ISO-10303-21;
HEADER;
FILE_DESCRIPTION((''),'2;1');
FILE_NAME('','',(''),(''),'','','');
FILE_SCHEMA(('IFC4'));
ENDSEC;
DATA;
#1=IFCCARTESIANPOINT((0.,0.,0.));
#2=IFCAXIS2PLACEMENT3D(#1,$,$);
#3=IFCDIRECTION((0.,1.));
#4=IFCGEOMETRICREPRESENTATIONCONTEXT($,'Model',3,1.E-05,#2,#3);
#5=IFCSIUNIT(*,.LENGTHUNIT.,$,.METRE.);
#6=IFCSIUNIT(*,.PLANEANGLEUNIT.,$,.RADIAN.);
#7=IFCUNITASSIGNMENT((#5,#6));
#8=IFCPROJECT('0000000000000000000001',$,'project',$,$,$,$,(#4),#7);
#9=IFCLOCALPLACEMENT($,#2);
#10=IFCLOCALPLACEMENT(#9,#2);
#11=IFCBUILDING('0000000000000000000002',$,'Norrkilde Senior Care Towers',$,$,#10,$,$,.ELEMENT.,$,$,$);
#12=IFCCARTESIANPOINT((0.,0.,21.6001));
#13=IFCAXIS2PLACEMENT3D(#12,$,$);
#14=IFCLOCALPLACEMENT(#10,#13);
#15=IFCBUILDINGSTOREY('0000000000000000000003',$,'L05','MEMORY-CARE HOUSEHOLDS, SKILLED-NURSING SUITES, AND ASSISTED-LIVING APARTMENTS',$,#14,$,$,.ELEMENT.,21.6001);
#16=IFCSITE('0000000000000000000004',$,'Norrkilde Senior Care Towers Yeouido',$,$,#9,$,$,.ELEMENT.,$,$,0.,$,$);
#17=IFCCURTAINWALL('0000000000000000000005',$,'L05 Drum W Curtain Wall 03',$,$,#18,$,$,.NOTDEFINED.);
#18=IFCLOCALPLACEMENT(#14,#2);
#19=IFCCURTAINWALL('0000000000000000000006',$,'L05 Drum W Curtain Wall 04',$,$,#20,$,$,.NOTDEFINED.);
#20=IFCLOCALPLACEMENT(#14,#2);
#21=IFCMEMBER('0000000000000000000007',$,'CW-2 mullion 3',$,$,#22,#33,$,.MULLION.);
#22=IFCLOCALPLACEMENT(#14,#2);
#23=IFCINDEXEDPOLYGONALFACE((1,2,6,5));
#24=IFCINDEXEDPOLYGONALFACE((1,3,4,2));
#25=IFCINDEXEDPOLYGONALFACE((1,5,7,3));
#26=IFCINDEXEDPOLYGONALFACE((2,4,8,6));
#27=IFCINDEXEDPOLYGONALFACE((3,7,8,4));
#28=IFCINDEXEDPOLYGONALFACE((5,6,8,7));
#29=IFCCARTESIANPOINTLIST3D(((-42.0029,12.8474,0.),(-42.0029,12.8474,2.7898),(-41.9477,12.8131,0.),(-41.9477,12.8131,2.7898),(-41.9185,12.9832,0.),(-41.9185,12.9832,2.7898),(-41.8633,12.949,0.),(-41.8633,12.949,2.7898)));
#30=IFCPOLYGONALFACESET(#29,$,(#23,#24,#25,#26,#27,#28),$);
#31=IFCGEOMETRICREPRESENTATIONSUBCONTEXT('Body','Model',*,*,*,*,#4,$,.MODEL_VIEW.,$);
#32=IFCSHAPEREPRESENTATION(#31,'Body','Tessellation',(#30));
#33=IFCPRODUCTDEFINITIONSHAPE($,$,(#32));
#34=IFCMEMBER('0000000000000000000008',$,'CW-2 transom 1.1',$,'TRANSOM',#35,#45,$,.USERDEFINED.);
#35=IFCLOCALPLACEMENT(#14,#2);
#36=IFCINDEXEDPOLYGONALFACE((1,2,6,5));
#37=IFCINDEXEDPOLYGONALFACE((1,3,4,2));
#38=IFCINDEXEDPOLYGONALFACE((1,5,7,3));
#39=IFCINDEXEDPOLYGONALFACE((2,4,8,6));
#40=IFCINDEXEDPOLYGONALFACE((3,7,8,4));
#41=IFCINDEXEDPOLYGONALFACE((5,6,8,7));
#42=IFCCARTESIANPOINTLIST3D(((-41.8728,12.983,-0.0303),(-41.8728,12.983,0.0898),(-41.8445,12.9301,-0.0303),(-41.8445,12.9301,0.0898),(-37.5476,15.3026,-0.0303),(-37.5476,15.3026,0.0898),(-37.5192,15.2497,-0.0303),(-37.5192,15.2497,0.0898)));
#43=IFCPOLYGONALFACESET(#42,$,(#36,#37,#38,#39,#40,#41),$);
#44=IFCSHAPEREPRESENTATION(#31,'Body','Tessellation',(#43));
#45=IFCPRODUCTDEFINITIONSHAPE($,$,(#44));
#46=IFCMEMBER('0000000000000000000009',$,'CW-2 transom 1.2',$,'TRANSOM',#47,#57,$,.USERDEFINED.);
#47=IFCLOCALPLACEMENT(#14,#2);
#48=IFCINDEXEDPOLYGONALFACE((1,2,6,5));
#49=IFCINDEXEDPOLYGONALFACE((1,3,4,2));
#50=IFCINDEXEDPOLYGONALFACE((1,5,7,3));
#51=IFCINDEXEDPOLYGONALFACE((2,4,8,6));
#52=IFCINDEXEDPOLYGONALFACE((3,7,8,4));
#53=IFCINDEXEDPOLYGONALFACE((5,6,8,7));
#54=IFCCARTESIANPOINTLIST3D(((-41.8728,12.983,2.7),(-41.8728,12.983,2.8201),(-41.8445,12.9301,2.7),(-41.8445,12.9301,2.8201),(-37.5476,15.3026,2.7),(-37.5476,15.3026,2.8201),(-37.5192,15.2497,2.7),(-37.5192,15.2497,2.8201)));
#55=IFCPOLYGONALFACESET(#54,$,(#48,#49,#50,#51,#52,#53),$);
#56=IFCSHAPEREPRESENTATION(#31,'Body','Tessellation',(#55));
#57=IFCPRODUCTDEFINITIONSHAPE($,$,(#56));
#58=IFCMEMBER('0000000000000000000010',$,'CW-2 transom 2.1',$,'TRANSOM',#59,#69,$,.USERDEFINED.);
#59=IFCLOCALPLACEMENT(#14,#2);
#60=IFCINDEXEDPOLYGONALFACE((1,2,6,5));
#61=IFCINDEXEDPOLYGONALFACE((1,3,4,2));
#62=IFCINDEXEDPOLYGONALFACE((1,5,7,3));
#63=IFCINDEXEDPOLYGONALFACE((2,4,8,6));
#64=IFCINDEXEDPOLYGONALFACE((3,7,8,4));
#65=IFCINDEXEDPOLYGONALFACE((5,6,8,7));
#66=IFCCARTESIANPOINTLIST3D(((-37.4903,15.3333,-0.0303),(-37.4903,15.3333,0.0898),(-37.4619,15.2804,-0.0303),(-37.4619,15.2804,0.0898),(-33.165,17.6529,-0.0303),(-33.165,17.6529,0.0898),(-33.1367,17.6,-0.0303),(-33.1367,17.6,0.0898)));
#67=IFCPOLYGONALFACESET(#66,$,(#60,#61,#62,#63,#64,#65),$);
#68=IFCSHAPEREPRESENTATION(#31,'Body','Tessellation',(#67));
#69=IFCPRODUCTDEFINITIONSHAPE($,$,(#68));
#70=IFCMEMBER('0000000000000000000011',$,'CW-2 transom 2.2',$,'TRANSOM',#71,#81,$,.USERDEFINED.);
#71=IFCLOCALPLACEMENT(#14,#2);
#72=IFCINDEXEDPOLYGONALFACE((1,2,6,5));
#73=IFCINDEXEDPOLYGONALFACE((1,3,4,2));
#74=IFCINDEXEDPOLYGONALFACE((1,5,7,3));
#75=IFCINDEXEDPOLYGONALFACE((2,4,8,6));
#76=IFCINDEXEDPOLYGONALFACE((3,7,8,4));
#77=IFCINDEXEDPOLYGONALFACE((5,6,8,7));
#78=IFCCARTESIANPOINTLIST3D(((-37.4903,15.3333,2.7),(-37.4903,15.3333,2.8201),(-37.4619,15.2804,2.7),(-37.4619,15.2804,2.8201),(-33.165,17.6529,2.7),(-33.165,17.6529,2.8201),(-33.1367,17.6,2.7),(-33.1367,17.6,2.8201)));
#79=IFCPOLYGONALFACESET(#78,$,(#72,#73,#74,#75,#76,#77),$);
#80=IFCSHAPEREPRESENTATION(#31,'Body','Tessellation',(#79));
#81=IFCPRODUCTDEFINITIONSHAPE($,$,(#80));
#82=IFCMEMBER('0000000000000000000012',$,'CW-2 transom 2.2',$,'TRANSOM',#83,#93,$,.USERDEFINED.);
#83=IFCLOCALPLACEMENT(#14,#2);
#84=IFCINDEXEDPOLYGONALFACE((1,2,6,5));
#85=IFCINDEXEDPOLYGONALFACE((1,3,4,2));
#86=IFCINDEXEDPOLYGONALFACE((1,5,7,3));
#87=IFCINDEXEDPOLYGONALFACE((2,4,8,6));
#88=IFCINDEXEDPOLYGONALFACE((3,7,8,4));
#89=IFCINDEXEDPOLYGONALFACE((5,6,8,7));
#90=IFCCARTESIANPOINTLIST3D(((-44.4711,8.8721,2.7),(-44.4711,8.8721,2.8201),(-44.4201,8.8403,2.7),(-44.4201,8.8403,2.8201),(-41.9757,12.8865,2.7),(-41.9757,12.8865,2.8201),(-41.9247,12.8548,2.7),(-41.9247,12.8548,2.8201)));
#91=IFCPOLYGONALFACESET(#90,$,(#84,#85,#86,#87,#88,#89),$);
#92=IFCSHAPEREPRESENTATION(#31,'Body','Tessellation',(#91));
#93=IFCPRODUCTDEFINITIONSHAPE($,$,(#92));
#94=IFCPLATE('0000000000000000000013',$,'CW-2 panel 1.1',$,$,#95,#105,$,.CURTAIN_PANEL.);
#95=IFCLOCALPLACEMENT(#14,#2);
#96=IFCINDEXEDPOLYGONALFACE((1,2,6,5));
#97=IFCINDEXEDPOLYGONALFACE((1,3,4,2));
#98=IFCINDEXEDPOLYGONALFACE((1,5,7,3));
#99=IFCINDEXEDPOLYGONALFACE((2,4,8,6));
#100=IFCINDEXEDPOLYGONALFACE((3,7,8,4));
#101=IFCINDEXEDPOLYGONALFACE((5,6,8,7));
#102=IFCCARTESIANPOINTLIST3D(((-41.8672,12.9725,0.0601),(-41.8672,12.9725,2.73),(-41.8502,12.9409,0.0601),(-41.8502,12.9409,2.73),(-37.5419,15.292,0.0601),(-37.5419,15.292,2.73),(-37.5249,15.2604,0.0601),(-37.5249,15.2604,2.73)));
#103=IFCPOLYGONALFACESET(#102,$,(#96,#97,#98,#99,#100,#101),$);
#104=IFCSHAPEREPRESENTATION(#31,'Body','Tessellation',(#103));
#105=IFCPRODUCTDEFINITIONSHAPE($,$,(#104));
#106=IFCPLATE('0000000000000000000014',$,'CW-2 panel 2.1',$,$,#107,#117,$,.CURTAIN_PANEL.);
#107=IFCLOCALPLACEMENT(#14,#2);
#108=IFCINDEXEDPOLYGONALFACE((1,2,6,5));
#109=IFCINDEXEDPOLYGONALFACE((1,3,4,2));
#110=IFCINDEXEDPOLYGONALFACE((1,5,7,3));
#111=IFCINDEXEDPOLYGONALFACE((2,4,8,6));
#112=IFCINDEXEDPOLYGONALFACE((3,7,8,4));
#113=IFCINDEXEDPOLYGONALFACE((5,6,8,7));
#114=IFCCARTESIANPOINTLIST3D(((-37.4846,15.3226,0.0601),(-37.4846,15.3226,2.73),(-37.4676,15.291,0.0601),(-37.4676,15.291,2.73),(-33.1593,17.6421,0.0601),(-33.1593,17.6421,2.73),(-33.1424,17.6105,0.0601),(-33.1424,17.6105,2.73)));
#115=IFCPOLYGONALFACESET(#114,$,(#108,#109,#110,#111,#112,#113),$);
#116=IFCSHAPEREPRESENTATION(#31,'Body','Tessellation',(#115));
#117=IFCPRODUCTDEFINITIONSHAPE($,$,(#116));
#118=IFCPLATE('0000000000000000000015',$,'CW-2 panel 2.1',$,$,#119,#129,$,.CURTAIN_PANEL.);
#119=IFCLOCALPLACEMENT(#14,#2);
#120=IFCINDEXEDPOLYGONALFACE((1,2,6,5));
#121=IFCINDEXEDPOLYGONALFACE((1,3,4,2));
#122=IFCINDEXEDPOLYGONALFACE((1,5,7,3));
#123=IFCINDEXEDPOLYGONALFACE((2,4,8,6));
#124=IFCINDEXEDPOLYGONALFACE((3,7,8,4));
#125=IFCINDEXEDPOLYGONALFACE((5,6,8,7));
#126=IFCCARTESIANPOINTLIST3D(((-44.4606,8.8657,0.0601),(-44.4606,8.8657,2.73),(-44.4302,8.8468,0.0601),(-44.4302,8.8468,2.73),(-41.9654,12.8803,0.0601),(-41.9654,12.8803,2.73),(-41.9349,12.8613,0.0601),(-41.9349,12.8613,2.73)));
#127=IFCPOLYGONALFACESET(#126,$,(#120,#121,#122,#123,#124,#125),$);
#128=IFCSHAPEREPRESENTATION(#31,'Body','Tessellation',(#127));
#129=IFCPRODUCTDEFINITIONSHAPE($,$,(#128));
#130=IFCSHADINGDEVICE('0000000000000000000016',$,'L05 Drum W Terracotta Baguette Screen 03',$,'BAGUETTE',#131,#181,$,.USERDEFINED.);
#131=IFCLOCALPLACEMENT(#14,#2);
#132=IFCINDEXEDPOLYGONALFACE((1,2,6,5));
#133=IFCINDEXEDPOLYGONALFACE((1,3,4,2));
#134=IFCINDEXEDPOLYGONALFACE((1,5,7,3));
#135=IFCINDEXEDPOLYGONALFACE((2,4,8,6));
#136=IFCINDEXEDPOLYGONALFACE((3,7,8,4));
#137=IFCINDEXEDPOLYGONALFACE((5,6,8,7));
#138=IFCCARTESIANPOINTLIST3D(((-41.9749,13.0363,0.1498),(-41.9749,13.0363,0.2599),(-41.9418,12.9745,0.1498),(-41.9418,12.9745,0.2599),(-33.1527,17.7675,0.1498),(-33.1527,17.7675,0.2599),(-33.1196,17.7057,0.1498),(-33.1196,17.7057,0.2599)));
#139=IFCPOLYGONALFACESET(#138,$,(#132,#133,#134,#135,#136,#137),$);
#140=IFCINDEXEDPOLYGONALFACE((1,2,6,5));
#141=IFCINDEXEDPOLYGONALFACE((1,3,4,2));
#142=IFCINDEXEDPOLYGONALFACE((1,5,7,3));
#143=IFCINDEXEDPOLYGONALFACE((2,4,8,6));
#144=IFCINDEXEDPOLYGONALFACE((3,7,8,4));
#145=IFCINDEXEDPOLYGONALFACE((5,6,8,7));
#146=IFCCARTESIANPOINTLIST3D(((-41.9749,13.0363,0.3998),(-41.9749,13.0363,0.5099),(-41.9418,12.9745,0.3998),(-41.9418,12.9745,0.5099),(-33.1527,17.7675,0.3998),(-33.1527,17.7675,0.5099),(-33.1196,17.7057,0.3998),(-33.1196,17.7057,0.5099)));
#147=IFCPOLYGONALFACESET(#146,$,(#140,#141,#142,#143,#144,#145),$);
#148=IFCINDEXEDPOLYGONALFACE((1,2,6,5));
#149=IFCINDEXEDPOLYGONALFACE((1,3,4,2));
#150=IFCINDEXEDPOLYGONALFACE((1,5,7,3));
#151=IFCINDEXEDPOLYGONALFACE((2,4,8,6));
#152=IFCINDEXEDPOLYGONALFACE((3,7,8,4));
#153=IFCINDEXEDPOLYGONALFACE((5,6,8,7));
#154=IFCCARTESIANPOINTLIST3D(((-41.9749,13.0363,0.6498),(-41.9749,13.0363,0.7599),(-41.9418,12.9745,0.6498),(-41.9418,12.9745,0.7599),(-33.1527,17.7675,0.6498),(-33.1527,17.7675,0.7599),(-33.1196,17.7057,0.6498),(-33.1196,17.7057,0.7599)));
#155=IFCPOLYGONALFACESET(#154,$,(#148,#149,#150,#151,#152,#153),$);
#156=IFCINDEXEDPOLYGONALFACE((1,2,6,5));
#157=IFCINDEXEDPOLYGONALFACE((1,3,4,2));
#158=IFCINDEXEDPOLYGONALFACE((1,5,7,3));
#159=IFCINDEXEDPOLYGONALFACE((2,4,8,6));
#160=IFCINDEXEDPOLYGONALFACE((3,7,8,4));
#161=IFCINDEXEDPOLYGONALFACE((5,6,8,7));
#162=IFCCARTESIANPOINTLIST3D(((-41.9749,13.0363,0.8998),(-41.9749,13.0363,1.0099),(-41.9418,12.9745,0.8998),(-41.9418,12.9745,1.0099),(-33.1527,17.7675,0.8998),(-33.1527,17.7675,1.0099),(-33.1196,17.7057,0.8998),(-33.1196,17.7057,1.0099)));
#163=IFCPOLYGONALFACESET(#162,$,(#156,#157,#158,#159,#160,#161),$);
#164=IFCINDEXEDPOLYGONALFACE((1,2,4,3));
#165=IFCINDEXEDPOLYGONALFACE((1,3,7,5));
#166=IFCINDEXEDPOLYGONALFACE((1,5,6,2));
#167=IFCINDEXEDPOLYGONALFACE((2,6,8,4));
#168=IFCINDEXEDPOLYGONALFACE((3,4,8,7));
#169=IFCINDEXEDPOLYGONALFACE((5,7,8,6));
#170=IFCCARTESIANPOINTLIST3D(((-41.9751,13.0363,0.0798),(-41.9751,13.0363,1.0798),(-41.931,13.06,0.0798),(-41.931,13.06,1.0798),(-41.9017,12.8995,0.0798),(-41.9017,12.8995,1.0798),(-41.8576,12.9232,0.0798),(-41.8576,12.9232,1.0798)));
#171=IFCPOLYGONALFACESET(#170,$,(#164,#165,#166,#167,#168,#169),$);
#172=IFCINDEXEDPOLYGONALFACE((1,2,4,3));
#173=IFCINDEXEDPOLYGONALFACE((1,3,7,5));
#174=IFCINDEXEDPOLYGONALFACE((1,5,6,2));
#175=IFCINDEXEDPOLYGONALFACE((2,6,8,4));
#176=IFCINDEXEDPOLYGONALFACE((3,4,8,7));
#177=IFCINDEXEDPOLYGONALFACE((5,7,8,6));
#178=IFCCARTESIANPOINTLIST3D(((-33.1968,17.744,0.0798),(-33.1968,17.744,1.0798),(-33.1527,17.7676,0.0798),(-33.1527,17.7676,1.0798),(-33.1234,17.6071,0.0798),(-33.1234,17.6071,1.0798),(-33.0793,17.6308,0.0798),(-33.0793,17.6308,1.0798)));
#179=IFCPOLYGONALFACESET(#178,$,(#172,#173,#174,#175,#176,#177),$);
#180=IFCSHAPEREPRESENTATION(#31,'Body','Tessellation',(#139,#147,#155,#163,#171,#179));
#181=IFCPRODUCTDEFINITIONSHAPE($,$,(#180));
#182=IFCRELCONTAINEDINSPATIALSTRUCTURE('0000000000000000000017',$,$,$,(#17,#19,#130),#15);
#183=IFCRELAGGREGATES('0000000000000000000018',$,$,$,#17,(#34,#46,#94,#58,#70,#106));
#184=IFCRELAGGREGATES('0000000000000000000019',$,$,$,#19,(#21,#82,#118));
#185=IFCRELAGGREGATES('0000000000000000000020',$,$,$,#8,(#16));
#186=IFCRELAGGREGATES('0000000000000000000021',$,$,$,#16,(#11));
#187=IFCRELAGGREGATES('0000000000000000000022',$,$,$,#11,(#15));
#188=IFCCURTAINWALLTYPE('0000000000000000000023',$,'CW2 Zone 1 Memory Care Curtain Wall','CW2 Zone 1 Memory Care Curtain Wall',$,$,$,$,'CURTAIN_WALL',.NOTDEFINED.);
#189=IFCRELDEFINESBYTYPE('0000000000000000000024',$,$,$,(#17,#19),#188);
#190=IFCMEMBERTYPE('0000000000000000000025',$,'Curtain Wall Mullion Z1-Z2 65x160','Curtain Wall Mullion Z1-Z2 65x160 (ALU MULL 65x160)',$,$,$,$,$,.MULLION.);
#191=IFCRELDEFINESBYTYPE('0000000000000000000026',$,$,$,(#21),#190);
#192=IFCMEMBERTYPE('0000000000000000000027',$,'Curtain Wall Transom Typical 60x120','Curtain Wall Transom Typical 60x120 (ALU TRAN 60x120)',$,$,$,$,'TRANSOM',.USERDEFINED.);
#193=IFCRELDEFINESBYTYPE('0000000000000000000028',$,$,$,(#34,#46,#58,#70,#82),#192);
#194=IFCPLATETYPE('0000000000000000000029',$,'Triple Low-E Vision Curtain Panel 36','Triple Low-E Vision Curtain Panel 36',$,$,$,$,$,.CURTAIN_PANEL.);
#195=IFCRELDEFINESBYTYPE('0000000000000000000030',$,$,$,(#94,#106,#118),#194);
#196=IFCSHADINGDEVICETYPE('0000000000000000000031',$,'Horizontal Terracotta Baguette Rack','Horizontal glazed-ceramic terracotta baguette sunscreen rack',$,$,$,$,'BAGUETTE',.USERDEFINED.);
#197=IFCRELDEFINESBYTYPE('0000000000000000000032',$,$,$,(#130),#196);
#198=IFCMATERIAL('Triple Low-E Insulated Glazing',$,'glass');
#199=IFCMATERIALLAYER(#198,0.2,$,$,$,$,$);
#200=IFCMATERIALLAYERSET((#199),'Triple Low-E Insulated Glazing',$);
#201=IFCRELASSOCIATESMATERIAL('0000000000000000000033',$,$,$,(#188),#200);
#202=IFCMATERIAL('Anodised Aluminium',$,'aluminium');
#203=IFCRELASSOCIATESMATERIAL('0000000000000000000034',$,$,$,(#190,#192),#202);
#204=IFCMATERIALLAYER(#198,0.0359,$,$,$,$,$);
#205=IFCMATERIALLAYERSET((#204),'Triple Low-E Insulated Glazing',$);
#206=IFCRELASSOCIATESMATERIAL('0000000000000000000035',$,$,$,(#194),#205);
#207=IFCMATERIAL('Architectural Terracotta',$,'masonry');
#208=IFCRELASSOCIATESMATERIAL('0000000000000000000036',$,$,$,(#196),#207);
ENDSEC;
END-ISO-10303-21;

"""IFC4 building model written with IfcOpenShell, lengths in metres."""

from ifc_helpers import new_model, si_unit, direction, frame, origin, origin_2d, place, context, subcontext, project, spatial, rectangle, extrude, source, transform, mapped, material, layer, layer_set, material_profile, profile_set, type_object, type_shapes, element, aggregate, save


model = new_model("IFC4")

# Units and contexts
model_context = context("Model", 3, precision=1e-05, world=origin(), true_north=direction((0.0, 1.0)))
body_context = subcontext(model_context, "Body", "Model", "MODEL_VIEW")
ifc_project = project(units=[si_unit("LENGTHUNIT", "METRE"), si_unit("PLANEANGLEUNIT", "RADIAN")], contexts=[model_context])

# Site, building, storey
site_placement = place(None, origin())
site = spatial("IfcSite", under=ifc_project, at=site_placement, Name="Norrkilde Senior Care Towers Yeouido", CompositionType="ELEMENT", RefElevation=0.0)
building_placement = place(site_placement, origin())
building = spatial("IfcBuilding", under=site, at=building_placement, Name="Norrkilde Senior Care Towers", CompositionType="ELEMENT")
storey_placement = place(building_placement, frame((0.0, 0.0, 21.6001)))
storey = spatial("IfcBuildingStorey", under=building, at=storey_placement, Name="L05", Description="MEMORY-CARE HOUSEHOLDS, SKILLED-NURSING SUITES, AND ASSISTED-LIVING APARTMENTS", CompositionType="ELEMENT", Elevation=21.6001)

# Curtain wall
ifc_material_1 = material(Name="Triple Low-E Insulated Glazing", Category="glass")
ifc_layer_1 = layer(ifc_material_1, 0.2)
ifc_layer_set_1 = layer_set([ifc_layer_1], Name="Triple Low-E Insulated Glazing")
curtain_wall_type = type_object("IfcCurtainWallType", Name="CW2 Zone 1 Memory Care Curtain Wall", Description="CW2 Zone 1 Memory Care Curtain Wall", ElementType="CURTAIN_WALL", PredefinedType="NOTDEFINED", material=ifc_layer_set_1)
curtain_wall_1_placement = place(storey_placement, origin())
curtain_wall_1 = element("IfcCurtainWall", 1, at=curtain_wall_1_placement, inside=storey, type_object=curtain_wall_type, Name="L05 Drum W Curtain Wall 03", PredefinedType="NOTDEFINED")
ifc_material_2 = material(Name="Anodised Aluminium", Category="aluminium")
ifc_material_profile_1 = material_profile(ifc_material_2, rectangle(XDim=0.0649, YDim=0.1599, at=origin_2d()), Name="ALU MULL 65x160")
ifc_profile_set_1 = profile_set([ifc_material_profile_1], Name="Anodised Aluminium")
member_type_1 = type_object("IfcMemberType", Name="Curtain Wall Mullion Z1-Z2 65x160", Description="Curtain Wall Mullion Z1-Z2 65x160 (ALU MULL 65x160)", PredefinedType="MULLION", material=ifc_profile_set_1)
shared_shape_1 = source(origin(), body_context, "Body", "SweptSolid", [
    extrude(rectangle(XDim=0.0649, YDim=0.1599, at=origin_2d()), origin(), (0.0, 0.0, 1.0), 2.7898),
])
type_shapes(member_type_1, [shared_shape_1])

# Curtain wall, member
curtain_wall_2_placement = place(storey_placement, origin())
curtain_wall_2 = element("IfcCurtainWall", 2, at=curtain_wall_2_placement, inside=storey, type_object=curtain_wall_type, Name="L05 Drum W Curtain Wall 04", PredefinedType="NOTDEFINED")
member_1_placement = place(storey_placement, frame((-41.9331, 12.8982, 0.0), z_axis=(0.0, 0.0, 1.0), x_axis=(-0.849306, 0.527901, 0.0)))
member_1 = element("IfcMember", 3, at=member_1_placement, type_object=member_type_1, Name="CW-2 mullion 3", PredefinedType="MULLION", context=body_context, shape_type="MappedRepresentation", body=[
    mapped(shared_shape_1, transform((0.0, 0.0, 0.0), x_axis=(1.0, 0.0, 0.0), y_axis=(0.0, 1.0, 0.0), z_axis=(0.0, 0.0, 1.0), scale=1.0)),
])

# Members
ifc_material_profile_2 = material_profile(ifc_material_2, rectangle(XDim=0.0601, YDim=0.1201, at=origin_2d()), Name="ALU TRAN 60x120")
ifc_profile_set_2 = profile_set([ifc_material_profile_2], Name="Anodised Aluminium")
member_type_2 = type_object("IfcMemberType", Name="Curtain Wall Transom Typical 60x120", Description="Curtain Wall Transom Typical 60x120 (ALU TRAN 60x120)", ElementType="TRANSOM", PredefinedType="USERDEFINED", material=ifc_profile_set_2)
shared_shape_2 = source(origin(), body_context, "Body", "SweptSolid", [
    extrude(rectangle(XDim=0.0601, YDim=0.1201, at=origin_2d()), origin(), (0.0, 0.0, 1.0), 4.908),
])
member_2_placement = place(storey_placement, frame((-41.8586, 12.9565, 0.0298), z_axis=(0.881267, 0.472619, 0.0), x_axis=(-0.472619, 0.881267, 0.0)))
member_2 = element("IfcMember", 4, at=member_2_placement, type_object=member_type_2, Name="CW-2 transom 1.1", ObjectType="TRANSOM", PredefinedType="USERDEFINED", context=body_context, shape_type="MappedRepresentation", body=[
    mapped(shared_shape_2, transform((0.0, 0.0, 0.0), x_axis=(1.0, 0.0, 0.0), y_axis=(0.0, 1.0, 0.0), z_axis=(0.0, 0.0, 1.0), scale=1.0)),
])
member_3_placement = place(storey_placement, frame((-41.8586, 12.9565, 2.76), z_axis=(0.881267, 0.472619, 0.0), x_axis=(-0.472619, 0.881267, 0.0)))
member_3 = element("IfcMember", 5, at=member_3_placement, type_object=member_type_2, Name="CW-2 transom 1.2", ObjectType="TRANSOM", PredefinedType="USERDEFINED", context=body_context, shape_type="MappedRepresentation", body=[
    mapped(shared_shape_2, transform((0.0, 0.0, 0.0), x_axis=(1.0, 0.0, 0.0), y_axis=(0.0, 1.0, 0.0), z_axis=(0.0, 0.0, 1.0), scale=1.0)),
])
member_4_placement = place(storey_placement, frame((-37.4761, 15.3069, 0.0298), z_axis=(0.881267, 0.472619, 0.0), x_axis=(-0.472619, 0.881267, 0.0)))
member_4 = element("IfcMember", 6, at=member_4_placement, type_object=member_type_2, Name="CW-2 transom 2.1", ObjectType="TRANSOM", PredefinedType="USERDEFINED", context=body_context, shape_type="MappedRepresentation", body=[
    mapped(shared_shape_2, transform((0.0, 0.0, 0.0), x_axis=(1.0, 0.0, 0.0), y_axis=(0.0, 1.0, 0.0), z_axis=(0.0, 0.0, 1.0), scale=1.0)),
])
member_5_placement = place(storey_placement, frame((-37.4761, 15.3069, 2.76), z_axis=(0.881267, 0.472619, 0.0), x_axis=(-0.472619, 0.881267, 0.0)))
member_5 = element("IfcMember", 7, at=member_5_placement, type_object=member_type_2, Name="CW-2 transom 2.2", ObjectType="TRANSOM", PredefinedType="USERDEFINED", context=body_context, shape_type="MappedRepresentation", body=[
    mapped(shared_shape_2, transform((0.0, 0.0, 0.0), x_axis=(1.0, 0.0, 0.0), y_axis=(0.0, 1.0, 0.0), z_axis=(0.0, 0.0, 1.0), scale=1.0)),
])
shared_shape_3 = source(origin(), body_context, "Body", "SweptSolid", [
    extrude(rectangle(XDim=0.0601, YDim=0.1201, at=origin_2d()), origin(), (0.0, 0.0, 1.0), 4.7268),
])
type_shapes(member_type_2, [shared_shape_2, shared_shape_3])
member_6_placement = place(storey_placement, frame((-44.4456, 8.8562, 2.76), z_axis=(0.527922, 0.849293, 0.0), x_axis=(-0.849293, 0.527922, 0.0)))
member_6 = element("IfcMember", 8, at=member_6_placement, type_object=member_type_2, Name="CW-2 transom 2.2", ObjectType="TRANSOM", PredefinedType="USERDEFINED", context=body_context, shape_type="MappedRepresentation", body=[
    mapped(shared_shape_3, transform((0.0, 0.0, 0.0), x_axis=(1.0, 0.0, 0.0), y_axis=(0.0, 1.0, 0.0), z_axis=(0.0, 0.0, 1.0), scale=1.0)),
])

# Plates
ifc_layer_2 = layer(ifc_material_1, 0.0359)
ifc_layer_set_2 = layer_set([ifc_layer_2], Name="Triple Low-E Insulated Glazing")
plate_type = type_object("IfcPlateType", Name="Triple Low-E Vision Curtain Panel 36", Description="Triple Low-E Vision Curtain Panel 36", PredefinedType="CURTAIN_PANEL", material=ifc_layer_set_2)
shared_shape_4 = source(origin(), body_context, "Body", "SweptSolid", [
    extrude(rectangle(XDim=4.908, YDim=0.0359, at=origin_2d()), origin(), (0.0, 0.0, 1.0), 2.6699),
])
plate_1_placement = place(storey_placement, frame((-39.696, 14.1165, 0.0601), z_axis=(0.0, 0.0, 1.0), x_axis=(0.881273, 0.472608, 0.0)))
plate_1 = element("IfcPlate", 9, at=plate_1_placement, type_object=plate_type, Name="CW-2 panel 1.1", PredefinedType="CURTAIN_PANEL", context=body_context, shape_type="MappedRepresentation", body=[
    mapped(shared_shape_4, transform((0.0, 0.0, 0.0), x_axis=(1.0, 0.0, 0.0), y_axis=(0.0, 1.0, 0.0), z_axis=(0.0, 0.0, 1.0), scale=1.0)),
])
plate_2_placement = place(storey_placement, frame((-35.3135, 16.4666, 0.0601), z_axis=(0.0, 0.0, 1.0), x_axis=(0.881273, 0.472608, 0.0)))
plate_2 = element("IfcPlate", 10, at=plate_2_placement, type_object=plate_type, Name="CW-2 panel 2.1", PredefinedType="CURTAIN_PANEL", context=body_context, shape_type="MappedRepresentation", body=[
    mapped(shared_shape_4, transform((0.0, 0.0, 0.0), x_axis=(1.0, 0.0, 0.0), y_axis=(0.0, 1.0, 0.0), z_axis=(0.0, 0.0, 1.0), scale=1.0)),
])
aggregate(curtain_wall_1, [member_2, member_3, plate_1, member_4, member_5, plate_2])
shared_shape_5 = source(origin(), body_context, "Body", "SweptSolid", [
    extrude(rectangle(XDim=4.7268, YDim=0.0359, at=origin_2d()), origin(), (0.0, 0.0, 1.0), 2.6699),
])
type_shapes(plate_type, [shared_shape_4, shared_shape_5])
plate_3_placement = place(storey_placement, frame((-43.1978, 10.8635, 0.0601), z_axis=(0.0, 0.0, 1.0), x_axis=(0.527901, 0.849306, 0.0)))
plate_3 = element("IfcPlate", 11, at=plate_3_placement, type_object=plate_type, Name="CW-2 panel 2.1", PredefinedType="CURTAIN_PANEL", context=body_context, shape_type="MappedRepresentation", body=[
    mapped(shared_shape_5, transform((0.0, 0.0, 0.0), x_axis=(1.0, 0.0, 0.0), y_axis=(0.0, 1.0, 0.0), z_axis=(0.0, 0.0, 1.0), scale=1.0)),
])
aggregate(curtain_wall_2, [member_1, member_6, plate_3])

# Shading device
ifc_material_3 = material(Name="Architectural Terracotta", Category="masonry")
shading_device_type = type_object("IfcShadingDeviceType", Name="Horizontal Terracotta Baguette Rack", Description="Horizontal glazed-ceramic terracotta baguette sunscreen rack", ElementType="BAGUETTE", PredefinedType="USERDEFINED", material=ifc_material_3)
shared_shape_6 = source(origin(), body_context, "Body", "SweptSolid", [
    extrude(rectangle(XDim=0.0701, YDim=0.1101, at=origin_2d()), frame((0.0, 0.0901, 0.125), z_axis=(1.0, 0.0, 0.0), x_axis=(0.0, 1.0, 0.0)), (0.0, 0.0, 1.0), 10.0107),
    extrude(rectangle(XDim=0.0701, YDim=0.1101, at=origin_2d()), frame((0.0, 0.0901, 0.375), z_axis=(1.0, 0.0, 0.0), x_axis=(0.0, 1.0, 0.0)), (0.0, 0.0, 1.0), 10.0107),
    extrude(rectangle(XDim=0.0701, YDim=0.1101, at=origin_2d()), frame((0.0, 0.0901, 0.625), z_axis=(1.0, 0.0, 0.0), x_axis=(0.0, 1.0, 0.0)), (0.0, 0.0, 1.0), 10.0107),
    extrude(rectangle(XDim=0.0701, YDim=0.1101, at=origin_2d()), frame((0.0, 0.0901, 0.875), z_axis=(1.0, 0.0, 0.0), x_axis=(0.0, 1.0, 0.0)), (0.0, 0.0, 1.0), 10.0107),
    extrude(rectangle(XDim=0.05, YDim=0.1553, at=origin_2d()), frame((0.0249, 0.0476, 0.0)), (0.0, 0.0, 1.0), 1.0),
    extrude(rectangle(XDim=0.05, YDim=0.1553, at=origin_2d()), frame((9.9858, 0.0476, 0.0)), (0.0, 0.0, 1.0), 1.0),
])
type_shapes(shading_device_type, [shared_shape_6])
shading_device_placement = place(storey_placement, frame((-41.9158, 12.926, 0.0798), z_axis=(0.0, 0.0, 1.0), x_axis=(0.88128, 0.472612, 0.0)))
element("IfcShadingDevice", 12, at=shading_device_placement, inside=storey, type_object=shading_device_type, Name="L05 Drum W Terracotta Baguette Screen 03", ObjectType="BAGUETTE", PredefinedType="USERDEFINED", context=body_context, shape_type="MappedRepresentation", body=[
    mapped(shared_shape_6, transform((0.0, 0.0, 0.0), x_axis=(1.0, 0.0, 0.0), y_axis=(0.0, 1.0, 0.0), z_axis=(0.0, 0.0, 1.0), scale=1.0)),
])

save(model, "model.ifc")
